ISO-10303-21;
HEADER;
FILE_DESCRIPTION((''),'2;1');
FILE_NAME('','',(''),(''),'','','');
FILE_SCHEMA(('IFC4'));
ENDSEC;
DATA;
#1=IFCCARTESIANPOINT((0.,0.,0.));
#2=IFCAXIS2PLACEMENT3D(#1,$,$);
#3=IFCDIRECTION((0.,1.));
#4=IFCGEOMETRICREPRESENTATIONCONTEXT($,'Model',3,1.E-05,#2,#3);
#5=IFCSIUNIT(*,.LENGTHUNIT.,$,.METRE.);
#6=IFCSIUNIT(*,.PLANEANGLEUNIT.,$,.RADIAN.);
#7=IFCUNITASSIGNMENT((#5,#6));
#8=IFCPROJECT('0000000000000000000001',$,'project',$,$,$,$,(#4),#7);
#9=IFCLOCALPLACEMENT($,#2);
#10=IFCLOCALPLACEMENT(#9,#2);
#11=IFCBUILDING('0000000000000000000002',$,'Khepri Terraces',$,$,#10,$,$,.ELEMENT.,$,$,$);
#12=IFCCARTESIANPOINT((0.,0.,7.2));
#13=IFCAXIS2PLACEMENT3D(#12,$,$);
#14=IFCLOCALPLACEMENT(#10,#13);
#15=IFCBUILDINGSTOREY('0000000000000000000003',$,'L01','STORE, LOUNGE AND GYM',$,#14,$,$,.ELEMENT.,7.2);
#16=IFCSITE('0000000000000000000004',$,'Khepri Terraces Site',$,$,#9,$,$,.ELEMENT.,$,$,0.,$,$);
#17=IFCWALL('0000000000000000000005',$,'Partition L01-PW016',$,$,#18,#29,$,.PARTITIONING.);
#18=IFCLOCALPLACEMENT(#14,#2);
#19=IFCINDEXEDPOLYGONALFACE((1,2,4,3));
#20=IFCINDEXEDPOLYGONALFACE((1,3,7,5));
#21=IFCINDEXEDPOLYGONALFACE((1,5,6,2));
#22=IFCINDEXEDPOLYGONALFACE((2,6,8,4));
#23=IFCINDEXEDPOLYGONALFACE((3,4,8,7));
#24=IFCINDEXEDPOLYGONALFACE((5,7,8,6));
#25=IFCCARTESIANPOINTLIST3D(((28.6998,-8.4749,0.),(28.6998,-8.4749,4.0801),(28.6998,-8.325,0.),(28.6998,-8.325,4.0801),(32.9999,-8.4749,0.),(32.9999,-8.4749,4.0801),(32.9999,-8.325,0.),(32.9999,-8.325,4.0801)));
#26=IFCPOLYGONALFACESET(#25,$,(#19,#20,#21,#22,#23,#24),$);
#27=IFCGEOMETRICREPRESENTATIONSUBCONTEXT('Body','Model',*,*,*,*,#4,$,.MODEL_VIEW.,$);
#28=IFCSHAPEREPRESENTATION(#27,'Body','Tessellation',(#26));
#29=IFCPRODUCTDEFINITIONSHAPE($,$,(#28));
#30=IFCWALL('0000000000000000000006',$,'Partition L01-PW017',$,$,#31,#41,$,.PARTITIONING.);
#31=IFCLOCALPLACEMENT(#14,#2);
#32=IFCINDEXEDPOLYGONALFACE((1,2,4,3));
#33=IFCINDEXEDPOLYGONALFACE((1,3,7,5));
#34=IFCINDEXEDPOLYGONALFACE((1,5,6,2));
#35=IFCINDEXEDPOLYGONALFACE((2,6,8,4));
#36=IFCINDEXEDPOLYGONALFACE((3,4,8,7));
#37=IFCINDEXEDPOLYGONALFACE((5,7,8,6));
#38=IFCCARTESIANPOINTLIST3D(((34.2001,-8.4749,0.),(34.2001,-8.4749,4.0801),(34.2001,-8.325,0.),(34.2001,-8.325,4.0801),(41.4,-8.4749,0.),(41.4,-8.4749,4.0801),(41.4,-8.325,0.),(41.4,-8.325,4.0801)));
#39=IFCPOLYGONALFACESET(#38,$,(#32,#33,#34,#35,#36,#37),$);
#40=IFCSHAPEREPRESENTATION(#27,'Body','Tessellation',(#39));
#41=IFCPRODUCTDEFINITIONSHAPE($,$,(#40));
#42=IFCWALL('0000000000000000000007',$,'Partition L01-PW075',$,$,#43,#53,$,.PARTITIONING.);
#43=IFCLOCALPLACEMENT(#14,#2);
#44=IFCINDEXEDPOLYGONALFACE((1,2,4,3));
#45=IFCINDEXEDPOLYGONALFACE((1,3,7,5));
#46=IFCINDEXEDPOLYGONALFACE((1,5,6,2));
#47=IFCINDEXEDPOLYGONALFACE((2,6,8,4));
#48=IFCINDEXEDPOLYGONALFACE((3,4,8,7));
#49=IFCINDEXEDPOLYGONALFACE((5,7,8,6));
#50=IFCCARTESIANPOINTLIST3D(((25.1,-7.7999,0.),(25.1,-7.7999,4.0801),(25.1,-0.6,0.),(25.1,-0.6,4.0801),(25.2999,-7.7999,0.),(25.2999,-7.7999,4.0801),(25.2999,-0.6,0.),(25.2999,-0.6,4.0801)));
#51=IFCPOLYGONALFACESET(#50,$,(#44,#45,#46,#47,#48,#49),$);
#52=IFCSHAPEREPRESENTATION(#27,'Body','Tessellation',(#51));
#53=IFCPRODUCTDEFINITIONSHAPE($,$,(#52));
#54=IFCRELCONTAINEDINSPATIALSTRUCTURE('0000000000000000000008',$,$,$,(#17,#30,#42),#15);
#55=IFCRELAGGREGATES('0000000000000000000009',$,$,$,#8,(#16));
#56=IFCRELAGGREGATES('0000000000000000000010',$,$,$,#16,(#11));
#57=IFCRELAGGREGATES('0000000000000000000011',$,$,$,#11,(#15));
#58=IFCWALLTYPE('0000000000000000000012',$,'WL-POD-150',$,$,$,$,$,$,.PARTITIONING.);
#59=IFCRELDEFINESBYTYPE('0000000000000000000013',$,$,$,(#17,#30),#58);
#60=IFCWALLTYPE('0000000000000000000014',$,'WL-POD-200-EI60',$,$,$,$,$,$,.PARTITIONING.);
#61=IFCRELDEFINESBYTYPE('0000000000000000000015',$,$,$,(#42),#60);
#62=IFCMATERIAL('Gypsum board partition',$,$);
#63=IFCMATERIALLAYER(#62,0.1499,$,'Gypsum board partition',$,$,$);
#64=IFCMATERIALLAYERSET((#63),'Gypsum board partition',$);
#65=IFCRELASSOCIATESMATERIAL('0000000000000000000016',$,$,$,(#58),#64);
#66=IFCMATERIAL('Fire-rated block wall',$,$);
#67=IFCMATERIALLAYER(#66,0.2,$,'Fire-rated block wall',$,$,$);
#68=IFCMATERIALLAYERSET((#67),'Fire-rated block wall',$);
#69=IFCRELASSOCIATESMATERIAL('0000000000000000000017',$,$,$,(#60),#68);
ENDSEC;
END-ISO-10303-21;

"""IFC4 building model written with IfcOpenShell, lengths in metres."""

from ifc_helpers import new_model, si_unit, direction, frame, frame_2d, origin, place, context, subcontext, project, spatial, rectangle, extrude, material, layer, layer_set, type_object, element, save


model = new_model("IFC4")

# Units and contexts
model_context = context("Model", 3, precision=1e-05, world=origin(), true_north=direction((0.0, 1.0)))
body_context = subcontext(model_context, "Body", "Model", "MODEL_VIEW")
ifc_project = project(units=[si_unit("LENGTHUNIT", "METRE"), si_unit("PLANEANGLEUNIT", "RADIAN")], contexts=[model_context])

# Site, building, storey
site_placement = place(None, origin())
site = spatial("IfcSite", under=ifc_project, at=site_placement, Name="Khepri Terraces Site", CompositionType="ELEMENT", RefElevation=0.0)
building_placement = place(site_placement, origin())
building = spatial("IfcBuilding", under=site, at=building_placement, Name="Khepri Terraces", CompositionType="ELEMENT")
storey_placement = place(building_placement, frame((0.0, 0.0, 7.2)))
storey = spatial("IfcBuildingStorey", under=building, at=storey_placement, Name="L01", Description="STORE, LOUNGE AND GYM", CompositionType="ELEMENT", Elevation=7.2)

# Walls
ifc_material_1 = material(Name="Gypsum board partition")
ifc_layer_1 = layer(ifc_material_1, 0.1499, Name="Gypsum board partition")
ifc_layer_set_1 = layer_set([ifc_layer_1], Name="Gypsum board partition")
wall_type_1 = type_object("IfcWallType", Name="WL-POD-150", PredefinedType="PARTITIONING", material=ifc_layer_set_1)
wall_1_placement = place(storey_placement, frame((28.7, -8.3999, 0.0), z_axis=(0.0, 0.0, 1.0), x_axis=(1.0, 0.0, 0.0)))
element("IfcWall", 1, at=wall_1_placement, inside=storey, type_object=wall_type_1, Name="Partition L01-PW016", PredefinedType="PARTITIONING", context=body_context, shape_type="SweptSolid", body=[
    extrude(rectangle(XDim=4.3, YDim=0.1499, at=frame_2d((2.1499, 0.0))), origin(), (0.0, 0.0, 1.0), 4.0801),
])
wall_2_placement = place(storey_placement, frame((34.2, -8.3999, 0.0), z_axis=(0.0, 0.0, 1.0), x_axis=(1.0, 0.0, 0.0)))
element("IfcWall", 2, at=wall_2_placement, inside=storey, type_object=wall_type_1, Name="Partition L01-PW017", PredefinedType="PARTITIONING", context=body_context, shape_type="SweptSolid", body=[
    extrude(rectangle(XDim=7.2, YDim=0.1499, at=frame_2d((3.6001, 0.0))), origin(), (0.0, 0.0, 1.0), 4.0801),
])
ifc_material_2 = material(Name="Fire-rated block wall")
ifc_layer_2 = layer(ifc_material_2, 0.2, Name="Fire-rated block wall")
ifc_layer_set_2 = layer_set([ifc_layer_2], Name="Fire-rated block wall")
wall_type_2 = type_object("IfcWallType", Name="WL-POD-200-EI60", PredefinedType="PARTITIONING", material=ifc_layer_set_2)
wall_3_placement = place(storey_placement, frame((25.2, -7.8, 0.0), z_axis=(0.0, 0.0, 1.0), x_axis=(0.0, 1.0, 0.0)))
element("IfcWall", 3, at=wall_3_placement, inside=storey, type_object=wall_type_2, Name="Partition L01-PW075", PredefinedType="PARTITIONING", context=body_context, shape_type="SweptSolid", body=[
    extrude(rectangle(XDim=7.2, YDim=0.2, at=frame_2d((3.6001, 0.0))), origin(), (0.0, 0.0, 1.0), 4.0801),
])

save(model, "model.ifc")
